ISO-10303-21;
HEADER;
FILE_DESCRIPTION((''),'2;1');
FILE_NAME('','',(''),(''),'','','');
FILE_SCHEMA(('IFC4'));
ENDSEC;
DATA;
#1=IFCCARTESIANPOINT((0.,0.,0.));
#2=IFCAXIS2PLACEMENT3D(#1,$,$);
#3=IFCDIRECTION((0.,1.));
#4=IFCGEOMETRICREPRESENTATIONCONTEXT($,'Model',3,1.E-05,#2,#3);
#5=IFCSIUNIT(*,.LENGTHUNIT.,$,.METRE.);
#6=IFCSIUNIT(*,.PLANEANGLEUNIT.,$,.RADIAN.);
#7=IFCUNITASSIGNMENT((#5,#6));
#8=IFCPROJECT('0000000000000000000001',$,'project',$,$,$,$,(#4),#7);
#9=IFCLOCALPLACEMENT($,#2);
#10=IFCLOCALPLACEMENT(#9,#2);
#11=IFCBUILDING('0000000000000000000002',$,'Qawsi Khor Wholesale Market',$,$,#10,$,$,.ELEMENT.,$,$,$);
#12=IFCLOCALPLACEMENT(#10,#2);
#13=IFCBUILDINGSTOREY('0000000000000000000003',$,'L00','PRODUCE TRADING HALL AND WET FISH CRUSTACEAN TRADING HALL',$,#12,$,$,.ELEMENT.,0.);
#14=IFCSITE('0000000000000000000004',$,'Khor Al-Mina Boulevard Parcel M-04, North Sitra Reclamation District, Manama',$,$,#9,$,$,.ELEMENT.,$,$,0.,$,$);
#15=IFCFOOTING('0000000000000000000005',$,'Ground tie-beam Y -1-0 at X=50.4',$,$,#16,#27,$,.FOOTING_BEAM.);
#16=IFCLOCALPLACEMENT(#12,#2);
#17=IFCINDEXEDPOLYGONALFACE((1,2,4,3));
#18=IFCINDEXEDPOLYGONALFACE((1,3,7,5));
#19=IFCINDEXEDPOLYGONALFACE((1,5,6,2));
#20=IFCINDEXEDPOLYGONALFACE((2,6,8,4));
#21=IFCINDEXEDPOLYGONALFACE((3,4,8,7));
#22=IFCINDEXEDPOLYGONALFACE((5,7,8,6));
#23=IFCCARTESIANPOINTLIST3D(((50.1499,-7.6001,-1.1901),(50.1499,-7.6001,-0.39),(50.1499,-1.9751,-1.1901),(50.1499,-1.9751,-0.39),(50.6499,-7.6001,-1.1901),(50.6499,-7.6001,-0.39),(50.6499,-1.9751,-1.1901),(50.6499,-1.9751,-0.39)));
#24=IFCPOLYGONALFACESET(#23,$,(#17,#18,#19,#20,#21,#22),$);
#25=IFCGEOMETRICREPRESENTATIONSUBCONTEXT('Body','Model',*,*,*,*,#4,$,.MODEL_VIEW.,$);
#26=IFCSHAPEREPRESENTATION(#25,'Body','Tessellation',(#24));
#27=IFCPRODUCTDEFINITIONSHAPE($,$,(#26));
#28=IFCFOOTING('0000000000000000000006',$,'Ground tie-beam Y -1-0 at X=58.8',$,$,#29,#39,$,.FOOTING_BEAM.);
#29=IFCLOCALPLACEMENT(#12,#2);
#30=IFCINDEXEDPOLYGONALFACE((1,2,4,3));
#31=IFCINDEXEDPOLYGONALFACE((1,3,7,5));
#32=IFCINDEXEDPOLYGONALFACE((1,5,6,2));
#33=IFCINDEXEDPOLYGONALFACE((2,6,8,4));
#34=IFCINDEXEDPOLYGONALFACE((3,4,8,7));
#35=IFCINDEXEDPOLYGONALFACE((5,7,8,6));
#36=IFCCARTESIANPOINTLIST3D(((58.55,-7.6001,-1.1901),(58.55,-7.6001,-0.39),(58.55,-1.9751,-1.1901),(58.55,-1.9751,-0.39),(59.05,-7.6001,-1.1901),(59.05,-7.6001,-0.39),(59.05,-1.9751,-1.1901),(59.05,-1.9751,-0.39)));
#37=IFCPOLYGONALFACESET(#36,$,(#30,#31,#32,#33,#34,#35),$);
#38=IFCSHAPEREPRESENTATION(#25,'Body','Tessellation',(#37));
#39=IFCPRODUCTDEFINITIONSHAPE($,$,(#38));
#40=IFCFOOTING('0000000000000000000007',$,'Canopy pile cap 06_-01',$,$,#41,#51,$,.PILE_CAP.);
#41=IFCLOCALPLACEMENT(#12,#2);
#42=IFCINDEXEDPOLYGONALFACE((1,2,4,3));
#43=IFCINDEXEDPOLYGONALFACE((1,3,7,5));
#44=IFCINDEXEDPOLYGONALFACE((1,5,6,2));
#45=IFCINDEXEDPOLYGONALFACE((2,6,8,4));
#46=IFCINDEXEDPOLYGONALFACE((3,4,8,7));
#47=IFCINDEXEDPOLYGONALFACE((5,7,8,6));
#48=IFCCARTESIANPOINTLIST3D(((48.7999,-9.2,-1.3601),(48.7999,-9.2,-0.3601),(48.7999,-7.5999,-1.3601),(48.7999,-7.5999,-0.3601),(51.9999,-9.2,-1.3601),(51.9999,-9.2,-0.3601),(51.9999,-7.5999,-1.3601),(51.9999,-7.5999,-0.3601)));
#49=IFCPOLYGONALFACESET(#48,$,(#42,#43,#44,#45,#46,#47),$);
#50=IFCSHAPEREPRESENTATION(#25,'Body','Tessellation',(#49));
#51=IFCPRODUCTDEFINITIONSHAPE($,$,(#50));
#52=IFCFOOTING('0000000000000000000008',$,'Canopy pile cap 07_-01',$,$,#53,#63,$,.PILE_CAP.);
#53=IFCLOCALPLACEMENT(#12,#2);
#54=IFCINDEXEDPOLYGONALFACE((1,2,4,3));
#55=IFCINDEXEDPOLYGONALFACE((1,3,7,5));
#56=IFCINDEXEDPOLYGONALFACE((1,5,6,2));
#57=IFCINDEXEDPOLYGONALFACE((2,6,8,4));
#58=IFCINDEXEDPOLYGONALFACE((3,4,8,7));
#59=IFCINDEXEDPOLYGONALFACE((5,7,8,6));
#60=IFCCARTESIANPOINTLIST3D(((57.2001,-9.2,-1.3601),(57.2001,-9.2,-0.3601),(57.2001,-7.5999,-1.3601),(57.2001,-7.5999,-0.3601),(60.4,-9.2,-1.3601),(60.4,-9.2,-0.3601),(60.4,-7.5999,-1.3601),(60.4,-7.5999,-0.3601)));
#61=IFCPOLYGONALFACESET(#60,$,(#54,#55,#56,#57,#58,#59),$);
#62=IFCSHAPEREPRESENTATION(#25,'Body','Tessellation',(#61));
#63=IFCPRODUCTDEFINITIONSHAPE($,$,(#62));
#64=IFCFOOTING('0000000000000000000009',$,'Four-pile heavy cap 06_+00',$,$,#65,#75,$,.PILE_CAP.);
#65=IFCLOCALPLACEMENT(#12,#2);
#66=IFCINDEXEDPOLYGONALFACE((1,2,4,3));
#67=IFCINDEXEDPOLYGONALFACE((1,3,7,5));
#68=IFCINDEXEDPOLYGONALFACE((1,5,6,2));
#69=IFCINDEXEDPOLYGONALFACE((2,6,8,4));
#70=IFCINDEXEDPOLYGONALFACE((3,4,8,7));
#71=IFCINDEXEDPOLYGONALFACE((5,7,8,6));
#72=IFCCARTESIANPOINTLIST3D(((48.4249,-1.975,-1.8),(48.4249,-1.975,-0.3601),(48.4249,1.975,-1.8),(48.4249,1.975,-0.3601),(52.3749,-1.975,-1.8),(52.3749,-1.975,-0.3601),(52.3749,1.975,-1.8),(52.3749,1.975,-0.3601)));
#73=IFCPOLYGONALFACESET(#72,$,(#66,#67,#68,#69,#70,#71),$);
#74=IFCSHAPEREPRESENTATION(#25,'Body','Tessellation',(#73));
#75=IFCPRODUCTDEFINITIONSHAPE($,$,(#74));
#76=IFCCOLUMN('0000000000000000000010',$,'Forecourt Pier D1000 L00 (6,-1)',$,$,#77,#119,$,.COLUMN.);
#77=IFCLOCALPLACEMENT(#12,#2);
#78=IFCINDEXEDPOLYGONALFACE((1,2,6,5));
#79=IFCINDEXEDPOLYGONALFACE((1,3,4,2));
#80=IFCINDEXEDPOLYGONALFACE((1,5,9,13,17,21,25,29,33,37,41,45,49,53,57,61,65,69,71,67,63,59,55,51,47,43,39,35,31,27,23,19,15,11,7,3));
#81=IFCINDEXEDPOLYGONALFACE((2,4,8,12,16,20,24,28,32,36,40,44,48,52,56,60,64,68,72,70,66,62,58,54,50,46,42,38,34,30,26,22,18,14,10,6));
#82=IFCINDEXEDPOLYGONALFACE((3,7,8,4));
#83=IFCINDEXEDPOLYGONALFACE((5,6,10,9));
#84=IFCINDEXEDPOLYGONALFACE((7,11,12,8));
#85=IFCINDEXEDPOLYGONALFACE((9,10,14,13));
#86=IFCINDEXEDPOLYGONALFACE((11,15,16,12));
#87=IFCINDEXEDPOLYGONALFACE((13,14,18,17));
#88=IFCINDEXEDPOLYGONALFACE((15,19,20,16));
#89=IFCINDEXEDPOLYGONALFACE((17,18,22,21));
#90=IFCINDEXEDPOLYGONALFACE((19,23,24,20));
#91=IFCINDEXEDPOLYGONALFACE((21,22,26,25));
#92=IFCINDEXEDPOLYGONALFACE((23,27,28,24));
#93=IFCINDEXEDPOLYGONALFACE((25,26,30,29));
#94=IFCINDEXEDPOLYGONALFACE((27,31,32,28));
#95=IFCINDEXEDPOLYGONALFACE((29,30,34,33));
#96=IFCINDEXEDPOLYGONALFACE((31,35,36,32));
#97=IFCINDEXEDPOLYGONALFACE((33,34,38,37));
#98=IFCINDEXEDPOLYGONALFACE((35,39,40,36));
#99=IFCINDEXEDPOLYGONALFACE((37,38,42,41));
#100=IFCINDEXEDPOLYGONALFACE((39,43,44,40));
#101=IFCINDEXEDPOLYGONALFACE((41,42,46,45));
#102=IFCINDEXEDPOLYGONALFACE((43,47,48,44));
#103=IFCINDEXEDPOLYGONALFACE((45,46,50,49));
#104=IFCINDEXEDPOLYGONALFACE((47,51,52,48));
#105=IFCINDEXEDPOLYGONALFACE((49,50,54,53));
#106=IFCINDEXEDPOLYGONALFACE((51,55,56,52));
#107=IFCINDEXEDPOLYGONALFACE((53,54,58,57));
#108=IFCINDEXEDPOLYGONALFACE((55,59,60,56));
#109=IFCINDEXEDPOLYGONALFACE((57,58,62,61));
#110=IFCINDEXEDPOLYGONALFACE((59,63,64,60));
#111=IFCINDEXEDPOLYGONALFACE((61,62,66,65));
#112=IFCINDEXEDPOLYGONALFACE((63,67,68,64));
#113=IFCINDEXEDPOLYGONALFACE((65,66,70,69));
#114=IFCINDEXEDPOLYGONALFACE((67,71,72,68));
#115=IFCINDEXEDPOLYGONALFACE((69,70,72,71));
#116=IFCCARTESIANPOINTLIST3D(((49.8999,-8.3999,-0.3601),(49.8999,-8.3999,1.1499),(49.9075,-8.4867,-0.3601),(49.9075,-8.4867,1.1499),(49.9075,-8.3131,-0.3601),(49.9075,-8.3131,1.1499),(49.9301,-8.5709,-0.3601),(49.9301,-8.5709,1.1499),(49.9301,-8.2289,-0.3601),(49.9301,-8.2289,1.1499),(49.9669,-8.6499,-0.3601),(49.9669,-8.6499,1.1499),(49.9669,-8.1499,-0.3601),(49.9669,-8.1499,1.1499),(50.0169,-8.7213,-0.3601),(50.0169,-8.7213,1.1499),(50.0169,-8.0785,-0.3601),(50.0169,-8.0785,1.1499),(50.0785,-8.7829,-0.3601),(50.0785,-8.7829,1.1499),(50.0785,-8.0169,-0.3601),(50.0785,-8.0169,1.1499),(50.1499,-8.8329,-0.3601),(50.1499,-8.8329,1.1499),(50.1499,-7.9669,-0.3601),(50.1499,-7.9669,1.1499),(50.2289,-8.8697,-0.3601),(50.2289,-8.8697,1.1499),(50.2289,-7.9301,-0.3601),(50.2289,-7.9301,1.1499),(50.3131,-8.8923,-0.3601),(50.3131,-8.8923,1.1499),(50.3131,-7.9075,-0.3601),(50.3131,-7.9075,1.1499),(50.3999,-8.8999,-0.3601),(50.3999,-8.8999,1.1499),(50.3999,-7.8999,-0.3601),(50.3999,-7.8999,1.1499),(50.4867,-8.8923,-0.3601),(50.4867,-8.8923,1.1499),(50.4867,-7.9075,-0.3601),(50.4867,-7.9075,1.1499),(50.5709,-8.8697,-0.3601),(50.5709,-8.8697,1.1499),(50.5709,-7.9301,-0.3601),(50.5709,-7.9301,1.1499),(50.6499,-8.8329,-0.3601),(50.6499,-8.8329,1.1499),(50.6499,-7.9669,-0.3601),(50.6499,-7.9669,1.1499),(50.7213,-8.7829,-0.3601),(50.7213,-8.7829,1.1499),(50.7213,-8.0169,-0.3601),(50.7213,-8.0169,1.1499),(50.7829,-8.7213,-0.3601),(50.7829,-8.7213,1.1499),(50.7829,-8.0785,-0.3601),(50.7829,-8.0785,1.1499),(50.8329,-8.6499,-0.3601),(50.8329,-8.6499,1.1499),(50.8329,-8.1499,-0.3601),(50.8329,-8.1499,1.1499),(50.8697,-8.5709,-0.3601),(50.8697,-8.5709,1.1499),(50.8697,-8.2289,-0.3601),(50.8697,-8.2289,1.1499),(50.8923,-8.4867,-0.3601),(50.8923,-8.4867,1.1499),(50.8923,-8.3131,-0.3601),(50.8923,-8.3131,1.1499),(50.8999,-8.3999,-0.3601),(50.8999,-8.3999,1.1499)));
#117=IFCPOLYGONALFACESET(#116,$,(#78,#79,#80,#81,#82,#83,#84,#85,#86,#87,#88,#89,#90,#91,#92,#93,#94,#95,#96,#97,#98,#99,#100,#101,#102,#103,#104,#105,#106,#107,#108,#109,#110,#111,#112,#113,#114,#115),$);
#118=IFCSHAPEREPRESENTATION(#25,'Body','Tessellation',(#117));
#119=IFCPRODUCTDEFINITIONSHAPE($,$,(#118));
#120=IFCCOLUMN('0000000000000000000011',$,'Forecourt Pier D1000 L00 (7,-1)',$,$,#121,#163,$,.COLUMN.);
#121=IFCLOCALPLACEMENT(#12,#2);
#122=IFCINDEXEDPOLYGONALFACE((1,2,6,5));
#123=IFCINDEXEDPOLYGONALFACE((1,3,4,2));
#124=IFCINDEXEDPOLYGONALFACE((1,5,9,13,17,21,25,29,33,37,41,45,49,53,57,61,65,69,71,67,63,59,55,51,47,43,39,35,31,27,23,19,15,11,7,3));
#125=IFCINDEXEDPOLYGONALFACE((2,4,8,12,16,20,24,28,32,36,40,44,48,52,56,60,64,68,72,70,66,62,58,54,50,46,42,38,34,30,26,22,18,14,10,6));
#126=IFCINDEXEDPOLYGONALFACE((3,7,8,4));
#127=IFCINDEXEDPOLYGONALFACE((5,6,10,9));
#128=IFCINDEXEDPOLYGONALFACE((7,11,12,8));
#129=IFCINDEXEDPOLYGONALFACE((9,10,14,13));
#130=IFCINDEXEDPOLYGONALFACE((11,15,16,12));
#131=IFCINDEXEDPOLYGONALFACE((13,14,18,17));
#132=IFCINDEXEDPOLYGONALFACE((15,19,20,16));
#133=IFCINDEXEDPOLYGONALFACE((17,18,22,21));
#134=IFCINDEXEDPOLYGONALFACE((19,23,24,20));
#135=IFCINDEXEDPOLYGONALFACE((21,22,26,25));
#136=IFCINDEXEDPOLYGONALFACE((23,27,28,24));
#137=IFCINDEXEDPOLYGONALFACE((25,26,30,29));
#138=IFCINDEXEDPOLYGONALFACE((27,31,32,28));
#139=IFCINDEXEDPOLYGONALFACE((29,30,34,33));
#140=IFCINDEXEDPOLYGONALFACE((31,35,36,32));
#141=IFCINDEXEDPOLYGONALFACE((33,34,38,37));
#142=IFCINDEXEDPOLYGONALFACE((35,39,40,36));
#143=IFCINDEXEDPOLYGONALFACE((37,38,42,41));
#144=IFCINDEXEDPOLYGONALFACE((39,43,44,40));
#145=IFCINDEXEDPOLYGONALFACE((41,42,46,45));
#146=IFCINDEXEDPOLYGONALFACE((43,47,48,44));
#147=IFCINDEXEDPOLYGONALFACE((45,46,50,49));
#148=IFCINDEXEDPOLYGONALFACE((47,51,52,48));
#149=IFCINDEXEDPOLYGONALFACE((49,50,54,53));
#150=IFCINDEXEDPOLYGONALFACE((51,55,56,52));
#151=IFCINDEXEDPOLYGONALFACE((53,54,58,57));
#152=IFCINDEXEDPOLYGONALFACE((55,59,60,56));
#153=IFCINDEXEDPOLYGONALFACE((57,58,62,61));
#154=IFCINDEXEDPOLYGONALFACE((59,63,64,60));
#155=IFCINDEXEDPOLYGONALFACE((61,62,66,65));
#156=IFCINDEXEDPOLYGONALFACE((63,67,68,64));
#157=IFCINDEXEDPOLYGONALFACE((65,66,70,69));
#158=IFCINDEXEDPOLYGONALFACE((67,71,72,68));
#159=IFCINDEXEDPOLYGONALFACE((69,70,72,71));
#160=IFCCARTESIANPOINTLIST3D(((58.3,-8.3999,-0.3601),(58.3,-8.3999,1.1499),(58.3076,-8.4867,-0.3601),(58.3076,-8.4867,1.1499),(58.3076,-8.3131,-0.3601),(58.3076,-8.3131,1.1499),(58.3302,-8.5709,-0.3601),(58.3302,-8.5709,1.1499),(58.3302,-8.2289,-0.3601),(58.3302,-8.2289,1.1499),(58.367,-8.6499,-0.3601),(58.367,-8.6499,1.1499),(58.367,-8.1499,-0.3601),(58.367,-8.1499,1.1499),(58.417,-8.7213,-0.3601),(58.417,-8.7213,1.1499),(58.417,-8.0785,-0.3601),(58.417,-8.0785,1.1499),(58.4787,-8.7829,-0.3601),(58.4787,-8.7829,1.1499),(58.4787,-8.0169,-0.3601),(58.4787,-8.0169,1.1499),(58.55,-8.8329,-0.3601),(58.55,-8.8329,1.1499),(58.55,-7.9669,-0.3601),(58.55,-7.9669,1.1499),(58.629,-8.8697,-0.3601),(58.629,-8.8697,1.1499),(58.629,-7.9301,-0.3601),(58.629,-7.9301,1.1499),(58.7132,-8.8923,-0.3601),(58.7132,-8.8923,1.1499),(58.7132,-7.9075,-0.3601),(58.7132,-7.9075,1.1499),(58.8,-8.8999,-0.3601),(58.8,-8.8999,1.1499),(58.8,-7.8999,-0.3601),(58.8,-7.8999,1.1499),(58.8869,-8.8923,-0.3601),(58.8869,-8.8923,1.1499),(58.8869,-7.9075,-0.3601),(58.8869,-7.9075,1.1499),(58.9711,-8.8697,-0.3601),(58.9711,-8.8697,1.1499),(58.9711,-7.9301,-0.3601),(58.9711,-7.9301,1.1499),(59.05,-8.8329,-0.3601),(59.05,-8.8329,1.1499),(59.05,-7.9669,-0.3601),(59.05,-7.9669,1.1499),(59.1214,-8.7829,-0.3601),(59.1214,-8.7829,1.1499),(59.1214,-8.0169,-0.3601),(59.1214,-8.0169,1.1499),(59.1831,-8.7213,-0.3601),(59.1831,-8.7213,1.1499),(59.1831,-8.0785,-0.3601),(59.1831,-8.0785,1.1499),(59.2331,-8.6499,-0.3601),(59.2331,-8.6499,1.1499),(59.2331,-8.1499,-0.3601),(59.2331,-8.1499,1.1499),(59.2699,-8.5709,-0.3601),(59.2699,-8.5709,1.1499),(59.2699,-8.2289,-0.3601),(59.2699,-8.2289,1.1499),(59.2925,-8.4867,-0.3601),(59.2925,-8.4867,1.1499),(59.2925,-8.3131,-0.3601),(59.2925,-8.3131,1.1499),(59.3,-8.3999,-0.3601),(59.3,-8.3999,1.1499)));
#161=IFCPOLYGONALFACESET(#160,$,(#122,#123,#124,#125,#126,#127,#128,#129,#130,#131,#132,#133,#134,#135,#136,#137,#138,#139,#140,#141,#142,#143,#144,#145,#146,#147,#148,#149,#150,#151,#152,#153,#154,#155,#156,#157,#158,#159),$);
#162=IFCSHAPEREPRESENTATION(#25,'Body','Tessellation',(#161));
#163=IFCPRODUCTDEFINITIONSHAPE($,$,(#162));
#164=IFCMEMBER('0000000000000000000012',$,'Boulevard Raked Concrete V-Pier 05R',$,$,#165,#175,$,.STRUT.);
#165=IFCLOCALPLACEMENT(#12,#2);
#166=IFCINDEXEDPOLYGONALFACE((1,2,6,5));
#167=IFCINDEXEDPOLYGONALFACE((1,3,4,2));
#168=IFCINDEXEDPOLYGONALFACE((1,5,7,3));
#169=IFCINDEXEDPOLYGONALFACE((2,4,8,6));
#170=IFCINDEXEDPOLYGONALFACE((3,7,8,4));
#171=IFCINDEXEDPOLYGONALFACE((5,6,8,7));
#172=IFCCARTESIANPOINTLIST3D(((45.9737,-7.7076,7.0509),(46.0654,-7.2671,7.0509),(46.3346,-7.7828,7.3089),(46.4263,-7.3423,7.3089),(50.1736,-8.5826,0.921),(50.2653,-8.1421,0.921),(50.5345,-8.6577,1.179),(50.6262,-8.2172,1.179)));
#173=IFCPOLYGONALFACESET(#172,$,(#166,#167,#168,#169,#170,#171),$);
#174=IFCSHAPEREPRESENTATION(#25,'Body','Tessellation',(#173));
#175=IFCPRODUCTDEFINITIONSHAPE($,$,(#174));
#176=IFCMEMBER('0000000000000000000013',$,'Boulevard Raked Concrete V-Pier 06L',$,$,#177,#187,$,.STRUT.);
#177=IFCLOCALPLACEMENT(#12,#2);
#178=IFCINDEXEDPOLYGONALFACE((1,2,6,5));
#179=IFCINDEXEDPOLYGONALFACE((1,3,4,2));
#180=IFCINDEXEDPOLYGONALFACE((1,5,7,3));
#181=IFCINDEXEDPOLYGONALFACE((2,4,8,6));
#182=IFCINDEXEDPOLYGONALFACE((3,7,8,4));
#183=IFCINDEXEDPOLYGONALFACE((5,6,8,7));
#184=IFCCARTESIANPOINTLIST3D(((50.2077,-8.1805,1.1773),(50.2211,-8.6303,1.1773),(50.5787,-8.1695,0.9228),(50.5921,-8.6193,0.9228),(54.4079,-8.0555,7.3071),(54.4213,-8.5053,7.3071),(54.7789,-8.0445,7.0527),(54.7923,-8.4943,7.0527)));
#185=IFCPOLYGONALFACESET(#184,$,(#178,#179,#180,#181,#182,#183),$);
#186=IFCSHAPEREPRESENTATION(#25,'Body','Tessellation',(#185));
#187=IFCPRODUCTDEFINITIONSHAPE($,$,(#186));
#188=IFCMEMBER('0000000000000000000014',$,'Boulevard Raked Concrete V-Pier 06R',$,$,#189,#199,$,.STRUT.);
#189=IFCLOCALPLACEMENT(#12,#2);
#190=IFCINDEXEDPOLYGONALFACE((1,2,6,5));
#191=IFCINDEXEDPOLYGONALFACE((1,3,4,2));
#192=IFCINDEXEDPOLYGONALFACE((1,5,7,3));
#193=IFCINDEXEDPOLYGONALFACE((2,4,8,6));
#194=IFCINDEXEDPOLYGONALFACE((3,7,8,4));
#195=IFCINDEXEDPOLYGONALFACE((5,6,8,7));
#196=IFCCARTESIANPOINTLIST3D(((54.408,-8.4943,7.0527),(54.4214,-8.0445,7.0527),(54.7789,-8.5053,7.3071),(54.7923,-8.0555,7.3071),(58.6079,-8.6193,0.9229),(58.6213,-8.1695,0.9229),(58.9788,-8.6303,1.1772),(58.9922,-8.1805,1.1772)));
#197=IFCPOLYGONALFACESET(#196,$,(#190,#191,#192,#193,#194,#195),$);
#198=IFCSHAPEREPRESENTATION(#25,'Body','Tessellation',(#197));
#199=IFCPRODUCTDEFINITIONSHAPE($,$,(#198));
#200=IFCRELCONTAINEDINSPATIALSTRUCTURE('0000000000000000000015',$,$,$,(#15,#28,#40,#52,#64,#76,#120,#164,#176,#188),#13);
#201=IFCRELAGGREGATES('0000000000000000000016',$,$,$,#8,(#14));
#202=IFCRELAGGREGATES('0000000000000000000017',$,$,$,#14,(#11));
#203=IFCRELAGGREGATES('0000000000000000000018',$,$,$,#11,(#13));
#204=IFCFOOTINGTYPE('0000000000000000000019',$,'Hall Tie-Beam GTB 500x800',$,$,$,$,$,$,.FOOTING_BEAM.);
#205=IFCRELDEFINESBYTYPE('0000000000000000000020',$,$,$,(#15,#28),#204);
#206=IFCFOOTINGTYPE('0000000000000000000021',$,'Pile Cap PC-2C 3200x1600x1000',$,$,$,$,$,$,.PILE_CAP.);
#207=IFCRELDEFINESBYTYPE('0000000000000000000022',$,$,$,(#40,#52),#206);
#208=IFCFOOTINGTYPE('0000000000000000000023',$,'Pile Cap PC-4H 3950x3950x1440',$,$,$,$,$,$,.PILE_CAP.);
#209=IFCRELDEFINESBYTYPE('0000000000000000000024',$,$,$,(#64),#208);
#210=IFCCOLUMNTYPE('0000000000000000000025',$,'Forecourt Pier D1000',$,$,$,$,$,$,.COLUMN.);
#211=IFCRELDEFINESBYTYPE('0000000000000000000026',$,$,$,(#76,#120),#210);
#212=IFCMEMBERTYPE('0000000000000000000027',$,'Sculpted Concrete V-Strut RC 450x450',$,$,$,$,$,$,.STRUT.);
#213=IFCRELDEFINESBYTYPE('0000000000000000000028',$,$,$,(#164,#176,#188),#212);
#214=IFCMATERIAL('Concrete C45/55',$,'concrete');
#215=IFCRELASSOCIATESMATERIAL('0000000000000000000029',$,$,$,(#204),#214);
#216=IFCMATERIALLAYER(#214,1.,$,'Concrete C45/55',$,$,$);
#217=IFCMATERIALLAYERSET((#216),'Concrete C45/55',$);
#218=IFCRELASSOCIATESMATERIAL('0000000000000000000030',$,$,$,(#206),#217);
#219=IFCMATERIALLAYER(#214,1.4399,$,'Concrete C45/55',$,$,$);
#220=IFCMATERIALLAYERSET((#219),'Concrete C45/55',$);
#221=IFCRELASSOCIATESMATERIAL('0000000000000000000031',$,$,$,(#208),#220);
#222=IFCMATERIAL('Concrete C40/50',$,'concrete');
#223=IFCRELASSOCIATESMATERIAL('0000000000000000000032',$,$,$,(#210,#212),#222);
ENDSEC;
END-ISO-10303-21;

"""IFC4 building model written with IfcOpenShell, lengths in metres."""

from ifc_helpers import new_model, si_unit, direction, frame, origin, origin_2d, place, context, subcontext, project, spatial, rectangle, circle, extrude, material, layer, layer_set, material_profile, profile_set, type_object, element, save


model = new_model("IFC4")

# Units and contexts
model_context = context("Model", 3, precision=1e-05, world=origin(), true_north=direction((0.0, 1.0)))
body_context = subcontext(model_context, "Body", "Model", "MODEL_VIEW")
ifc_project = project(units=[si_unit("LENGTHUNIT", "METRE"), si_unit("PLANEANGLEUNIT", "RADIAN")], contexts=[model_context])

# Site, building, storey
site_placement = place(None, origin())
site = spatial("IfcSite", under=ifc_project, at=site_placement, Name="Khor Al-Mina Boulevard Parcel M-04, North Sitra Reclamation District, Manama", CompositionType="ELEMENT", RefElevation=0.0)
building_placement = place(site_placement, origin())
building = spatial("IfcBuilding", under=site, at=building_placement, Name="Qawsi Khor Wholesale Market", CompositionType="ELEMENT")
storey_placement = place(building_placement, origin())
storey = spatial("IfcBuildingStorey", under=building, at=storey_placement, Name="L00", Description="PRODUCE TRADING HALL AND WET FISH CRUSTACEAN TRADING HALL", CompositionType="ELEMENT", Elevation=0.0)

# Shared definitions
ifc_material_1 = material(Name="Concrete C45/55", Category="concrete")

# Footings
ifc_material_profile_1 = material_profile(ifc_material_1, rectangle(XDim=0.5, YDim=0.8, at=origin_2d()), Name="RC 500x800")
ifc_profile_set_1 = profile_set([ifc_material_profile_1], Name="Concrete C45/55")
footing_type_1 = type_object("IfcFootingType", Name="Hall Tie-Beam GTB 500x800", PredefinedType="FOOTING_BEAM", material=ifc_profile_set_1)
for number, where, z_axis, x_axis, name in (
    (1, (50.3999, -7.6001, -0.79), (0.0, 1.0, 0.0), (-1.0, 0.0, 0.0), "Ground tie-beam Y -1-0 at X=50.4"),
    (2, (58.8, -7.6001, -0.79), (0.0, 1.0, 0.0), (-1.0, 0.0, 0.0), "Ground tie-beam Y -1-0 at X=58.8"),
):
    element("IfcFooting", number, at=place(storey_placement, frame(where, z_axis=z_axis, x_axis=x_axis)), inside=storey, type_object=footing_type_1, Name=name, PredefinedType="FOOTING_BEAM", context=body_context, shape_type="SweptSolid", body=[
        extrude(rectangle(XDim=0.5, YDim=0.8, at=origin_2d()), origin(), (0.0, 0.0, 1.0), 5.625),
    ])
ifc_layer_1 = layer(ifc_material_1, 1.0, Name="Concrete C45/55")
ifc_layer_set_1 = layer_set([ifc_layer_1], Name="Concrete C45/55")
footing_type_2 = type_object("IfcFootingType", Name="Pile Cap PC-2C 3200x1600x1000", PredefinedType="PILE_CAP", material=ifc_layer_set_1)
for number, where, z_axis, x_axis, name in (
    (3, (50.3999, -8.3999, -1.3601), (0.0, 0.0, 1.0), (1.0, 0.0, 0.0), "Canopy pile cap 06_-01"),
    (4, (58.8, -8.3999, -1.3601), (0.0, 0.0, 1.0), (1.0, 0.0, 0.0), "Canopy pile cap 07_-01"),
):
    element("IfcFooting", number, at=place(storey_placement, frame(where, z_axis=z_axis, x_axis=x_axis)), inside=storey, type_object=footing_type_2, Name=name, PredefinedType="PILE_CAP", context=body_context, shape_type="SweptSolid", body=[
        extrude(rectangle(XDim=3.2, YDim=1.6001, at=origin_2d()), origin(), (0.0, 0.0, 1.0), 1.0),
    ])
ifc_layer_2 = layer(ifc_material_1, 1.4399, Name="Concrete C45/55")
ifc_layer_set_2 = layer_set([ifc_layer_2], Name="Concrete C45/55")
footing_type_3 = type_object("IfcFootingType", Name="Pile Cap PC-4H 3950x3950x1440", PredefinedType="PILE_CAP", material=ifc_layer_set_2)
footing_1_placement = place(storey_placement, frame((50.3999, 0.0, -1.8), z_axis=(0.0, 0.0, 1.0), x_axis=(1.0, 0.0, 0.0)))
element("IfcFooting", 5, at=footing_1_placement, inside=storey, type_object=footing_type_3, Name="Four-pile heavy cap 06_+00", PredefinedType="PILE_CAP", context=body_context, shape_type="SweptSolid", body=[
    extrude(rectangle(XDim=3.95, YDim=3.95, at=origin_2d()), origin(), (0.0, 0.0, 1.0), 1.4399),
])

# Columns
ifc_material_2 = material(Name="Concrete C40/50", Category="concrete")
ifc_material_profile_2 = material_profile(ifc_material_2, circle(Radius=0.5, at=origin_2d()), Name="RC COL D1000")
ifc_profile_set_2 = profile_set([ifc_material_profile_2], Name="Concrete C40/50")
column_type = type_object("IfcColumnType", Name="Forecourt Pier D1000", PredefinedType="COLUMN", material=ifc_profile_set_2)
for number, where, z_axis, x_axis, name in (
    (6, (50.3999, -8.3999, -0.3601), (0.0, 0.0, 1.0), (1.0, 0.0, 0.0), "Forecourt Pier D1000 L00 (6,-1)"),
    (7, (58.8, -8.3999, -0.3601), (0.0, 0.0, 1.0), (1.0, 0.0, 0.0), "Forecourt Pier D1000 L00 (7,-1)"),
):
    element("IfcColumn", number, at=place(storey_placement, frame(where, z_axis=z_axis, x_axis=x_axis)), inside=storey, type_object=column_type, Name=name, PredefinedType="COLUMN", context=body_context, shape_type="SweptSolid", body=[
        extrude(circle(Radius=0.5, at=origin_2d()), origin(), (0.0, 0.0, 1.0), 1.51),
    ])

# Members
ifc_material_profile_3 = material_profile(ifc_material_2, rectangle(XDim=0.45, YDim=0.45, at=origin_2d()), Name="RC 450x450")
ifc_profile_set_3 = profile_set([ifc_material_profile_3], Name="Concrete C40/50")
member_type = type_object("IfcMemberType", Name="Sculpted Concrete V-Strut RC 450x450", PredefinedType="STRUT", material=ifc_profile_set_3)
member_1_placement = place(storey_placement, frame((50.3999, -8.3999, 1.05), z_axis=(-0.561339, 0.116947, 0.819281), x_axis=(-0.203957, -0.97898, 0.0)))
element("IfcMember", 8, at=member_1_placement, inside=storey, type_object=member_type, Name="Boulevard Raked Concrete V-Pier 05R", PredefinedType="STRUT", context=body_context, shape_type="SweptSolid", body=[
    extrude(rectangle(XDim=0.45, YDim=0.45, at=origin_2d()), origin(), (0.0, 0.0, 1.0), 7.4819),
])
member_2_placement = place(storey_placement, frame((50.3999, -8.3999, 1.05), z_axis=(0.56516, 0.016819, 0.82481), x_axis=(-0.029747, 0.999557, 0.0)))
element("IfcMember", 9, at=member_2_placement, inside=storey, type_object=member_type, Name="Boulevard Raked Concrete V-Pier 06L", PredefinedType="STRUT", context=body_context, shape_type="SweptSolid", body=[
    extrude(rectangle(XDim=0.45, YDim=0.45, at=origin_2d()), origin(), (0.0, 0.0, 1.0), 7.4319),
])
member_3_placement = place(storey_placement, frame((58.8, -8.3999, 1.05), z_axis=(-0.565137, 0.01682, 0.824825), x_axis=(-0.029749, -0.999557, 0.0)))
element("IfcMember", 10, at=member_3_placement, inside=storey, type_object=member_type, Name="Boulevard Raked Concrete V-Pier 06R", PredefinedType="STRUT", context=body_context, shape_type="SweptSolid", body=[
    extrude(rectangle(XDim=0.45, YDim=0.45, at=origin_2d()), origin(), (0.0, 0.0, 1.0), 7.4316),
])

save(model, "model.ifc")
